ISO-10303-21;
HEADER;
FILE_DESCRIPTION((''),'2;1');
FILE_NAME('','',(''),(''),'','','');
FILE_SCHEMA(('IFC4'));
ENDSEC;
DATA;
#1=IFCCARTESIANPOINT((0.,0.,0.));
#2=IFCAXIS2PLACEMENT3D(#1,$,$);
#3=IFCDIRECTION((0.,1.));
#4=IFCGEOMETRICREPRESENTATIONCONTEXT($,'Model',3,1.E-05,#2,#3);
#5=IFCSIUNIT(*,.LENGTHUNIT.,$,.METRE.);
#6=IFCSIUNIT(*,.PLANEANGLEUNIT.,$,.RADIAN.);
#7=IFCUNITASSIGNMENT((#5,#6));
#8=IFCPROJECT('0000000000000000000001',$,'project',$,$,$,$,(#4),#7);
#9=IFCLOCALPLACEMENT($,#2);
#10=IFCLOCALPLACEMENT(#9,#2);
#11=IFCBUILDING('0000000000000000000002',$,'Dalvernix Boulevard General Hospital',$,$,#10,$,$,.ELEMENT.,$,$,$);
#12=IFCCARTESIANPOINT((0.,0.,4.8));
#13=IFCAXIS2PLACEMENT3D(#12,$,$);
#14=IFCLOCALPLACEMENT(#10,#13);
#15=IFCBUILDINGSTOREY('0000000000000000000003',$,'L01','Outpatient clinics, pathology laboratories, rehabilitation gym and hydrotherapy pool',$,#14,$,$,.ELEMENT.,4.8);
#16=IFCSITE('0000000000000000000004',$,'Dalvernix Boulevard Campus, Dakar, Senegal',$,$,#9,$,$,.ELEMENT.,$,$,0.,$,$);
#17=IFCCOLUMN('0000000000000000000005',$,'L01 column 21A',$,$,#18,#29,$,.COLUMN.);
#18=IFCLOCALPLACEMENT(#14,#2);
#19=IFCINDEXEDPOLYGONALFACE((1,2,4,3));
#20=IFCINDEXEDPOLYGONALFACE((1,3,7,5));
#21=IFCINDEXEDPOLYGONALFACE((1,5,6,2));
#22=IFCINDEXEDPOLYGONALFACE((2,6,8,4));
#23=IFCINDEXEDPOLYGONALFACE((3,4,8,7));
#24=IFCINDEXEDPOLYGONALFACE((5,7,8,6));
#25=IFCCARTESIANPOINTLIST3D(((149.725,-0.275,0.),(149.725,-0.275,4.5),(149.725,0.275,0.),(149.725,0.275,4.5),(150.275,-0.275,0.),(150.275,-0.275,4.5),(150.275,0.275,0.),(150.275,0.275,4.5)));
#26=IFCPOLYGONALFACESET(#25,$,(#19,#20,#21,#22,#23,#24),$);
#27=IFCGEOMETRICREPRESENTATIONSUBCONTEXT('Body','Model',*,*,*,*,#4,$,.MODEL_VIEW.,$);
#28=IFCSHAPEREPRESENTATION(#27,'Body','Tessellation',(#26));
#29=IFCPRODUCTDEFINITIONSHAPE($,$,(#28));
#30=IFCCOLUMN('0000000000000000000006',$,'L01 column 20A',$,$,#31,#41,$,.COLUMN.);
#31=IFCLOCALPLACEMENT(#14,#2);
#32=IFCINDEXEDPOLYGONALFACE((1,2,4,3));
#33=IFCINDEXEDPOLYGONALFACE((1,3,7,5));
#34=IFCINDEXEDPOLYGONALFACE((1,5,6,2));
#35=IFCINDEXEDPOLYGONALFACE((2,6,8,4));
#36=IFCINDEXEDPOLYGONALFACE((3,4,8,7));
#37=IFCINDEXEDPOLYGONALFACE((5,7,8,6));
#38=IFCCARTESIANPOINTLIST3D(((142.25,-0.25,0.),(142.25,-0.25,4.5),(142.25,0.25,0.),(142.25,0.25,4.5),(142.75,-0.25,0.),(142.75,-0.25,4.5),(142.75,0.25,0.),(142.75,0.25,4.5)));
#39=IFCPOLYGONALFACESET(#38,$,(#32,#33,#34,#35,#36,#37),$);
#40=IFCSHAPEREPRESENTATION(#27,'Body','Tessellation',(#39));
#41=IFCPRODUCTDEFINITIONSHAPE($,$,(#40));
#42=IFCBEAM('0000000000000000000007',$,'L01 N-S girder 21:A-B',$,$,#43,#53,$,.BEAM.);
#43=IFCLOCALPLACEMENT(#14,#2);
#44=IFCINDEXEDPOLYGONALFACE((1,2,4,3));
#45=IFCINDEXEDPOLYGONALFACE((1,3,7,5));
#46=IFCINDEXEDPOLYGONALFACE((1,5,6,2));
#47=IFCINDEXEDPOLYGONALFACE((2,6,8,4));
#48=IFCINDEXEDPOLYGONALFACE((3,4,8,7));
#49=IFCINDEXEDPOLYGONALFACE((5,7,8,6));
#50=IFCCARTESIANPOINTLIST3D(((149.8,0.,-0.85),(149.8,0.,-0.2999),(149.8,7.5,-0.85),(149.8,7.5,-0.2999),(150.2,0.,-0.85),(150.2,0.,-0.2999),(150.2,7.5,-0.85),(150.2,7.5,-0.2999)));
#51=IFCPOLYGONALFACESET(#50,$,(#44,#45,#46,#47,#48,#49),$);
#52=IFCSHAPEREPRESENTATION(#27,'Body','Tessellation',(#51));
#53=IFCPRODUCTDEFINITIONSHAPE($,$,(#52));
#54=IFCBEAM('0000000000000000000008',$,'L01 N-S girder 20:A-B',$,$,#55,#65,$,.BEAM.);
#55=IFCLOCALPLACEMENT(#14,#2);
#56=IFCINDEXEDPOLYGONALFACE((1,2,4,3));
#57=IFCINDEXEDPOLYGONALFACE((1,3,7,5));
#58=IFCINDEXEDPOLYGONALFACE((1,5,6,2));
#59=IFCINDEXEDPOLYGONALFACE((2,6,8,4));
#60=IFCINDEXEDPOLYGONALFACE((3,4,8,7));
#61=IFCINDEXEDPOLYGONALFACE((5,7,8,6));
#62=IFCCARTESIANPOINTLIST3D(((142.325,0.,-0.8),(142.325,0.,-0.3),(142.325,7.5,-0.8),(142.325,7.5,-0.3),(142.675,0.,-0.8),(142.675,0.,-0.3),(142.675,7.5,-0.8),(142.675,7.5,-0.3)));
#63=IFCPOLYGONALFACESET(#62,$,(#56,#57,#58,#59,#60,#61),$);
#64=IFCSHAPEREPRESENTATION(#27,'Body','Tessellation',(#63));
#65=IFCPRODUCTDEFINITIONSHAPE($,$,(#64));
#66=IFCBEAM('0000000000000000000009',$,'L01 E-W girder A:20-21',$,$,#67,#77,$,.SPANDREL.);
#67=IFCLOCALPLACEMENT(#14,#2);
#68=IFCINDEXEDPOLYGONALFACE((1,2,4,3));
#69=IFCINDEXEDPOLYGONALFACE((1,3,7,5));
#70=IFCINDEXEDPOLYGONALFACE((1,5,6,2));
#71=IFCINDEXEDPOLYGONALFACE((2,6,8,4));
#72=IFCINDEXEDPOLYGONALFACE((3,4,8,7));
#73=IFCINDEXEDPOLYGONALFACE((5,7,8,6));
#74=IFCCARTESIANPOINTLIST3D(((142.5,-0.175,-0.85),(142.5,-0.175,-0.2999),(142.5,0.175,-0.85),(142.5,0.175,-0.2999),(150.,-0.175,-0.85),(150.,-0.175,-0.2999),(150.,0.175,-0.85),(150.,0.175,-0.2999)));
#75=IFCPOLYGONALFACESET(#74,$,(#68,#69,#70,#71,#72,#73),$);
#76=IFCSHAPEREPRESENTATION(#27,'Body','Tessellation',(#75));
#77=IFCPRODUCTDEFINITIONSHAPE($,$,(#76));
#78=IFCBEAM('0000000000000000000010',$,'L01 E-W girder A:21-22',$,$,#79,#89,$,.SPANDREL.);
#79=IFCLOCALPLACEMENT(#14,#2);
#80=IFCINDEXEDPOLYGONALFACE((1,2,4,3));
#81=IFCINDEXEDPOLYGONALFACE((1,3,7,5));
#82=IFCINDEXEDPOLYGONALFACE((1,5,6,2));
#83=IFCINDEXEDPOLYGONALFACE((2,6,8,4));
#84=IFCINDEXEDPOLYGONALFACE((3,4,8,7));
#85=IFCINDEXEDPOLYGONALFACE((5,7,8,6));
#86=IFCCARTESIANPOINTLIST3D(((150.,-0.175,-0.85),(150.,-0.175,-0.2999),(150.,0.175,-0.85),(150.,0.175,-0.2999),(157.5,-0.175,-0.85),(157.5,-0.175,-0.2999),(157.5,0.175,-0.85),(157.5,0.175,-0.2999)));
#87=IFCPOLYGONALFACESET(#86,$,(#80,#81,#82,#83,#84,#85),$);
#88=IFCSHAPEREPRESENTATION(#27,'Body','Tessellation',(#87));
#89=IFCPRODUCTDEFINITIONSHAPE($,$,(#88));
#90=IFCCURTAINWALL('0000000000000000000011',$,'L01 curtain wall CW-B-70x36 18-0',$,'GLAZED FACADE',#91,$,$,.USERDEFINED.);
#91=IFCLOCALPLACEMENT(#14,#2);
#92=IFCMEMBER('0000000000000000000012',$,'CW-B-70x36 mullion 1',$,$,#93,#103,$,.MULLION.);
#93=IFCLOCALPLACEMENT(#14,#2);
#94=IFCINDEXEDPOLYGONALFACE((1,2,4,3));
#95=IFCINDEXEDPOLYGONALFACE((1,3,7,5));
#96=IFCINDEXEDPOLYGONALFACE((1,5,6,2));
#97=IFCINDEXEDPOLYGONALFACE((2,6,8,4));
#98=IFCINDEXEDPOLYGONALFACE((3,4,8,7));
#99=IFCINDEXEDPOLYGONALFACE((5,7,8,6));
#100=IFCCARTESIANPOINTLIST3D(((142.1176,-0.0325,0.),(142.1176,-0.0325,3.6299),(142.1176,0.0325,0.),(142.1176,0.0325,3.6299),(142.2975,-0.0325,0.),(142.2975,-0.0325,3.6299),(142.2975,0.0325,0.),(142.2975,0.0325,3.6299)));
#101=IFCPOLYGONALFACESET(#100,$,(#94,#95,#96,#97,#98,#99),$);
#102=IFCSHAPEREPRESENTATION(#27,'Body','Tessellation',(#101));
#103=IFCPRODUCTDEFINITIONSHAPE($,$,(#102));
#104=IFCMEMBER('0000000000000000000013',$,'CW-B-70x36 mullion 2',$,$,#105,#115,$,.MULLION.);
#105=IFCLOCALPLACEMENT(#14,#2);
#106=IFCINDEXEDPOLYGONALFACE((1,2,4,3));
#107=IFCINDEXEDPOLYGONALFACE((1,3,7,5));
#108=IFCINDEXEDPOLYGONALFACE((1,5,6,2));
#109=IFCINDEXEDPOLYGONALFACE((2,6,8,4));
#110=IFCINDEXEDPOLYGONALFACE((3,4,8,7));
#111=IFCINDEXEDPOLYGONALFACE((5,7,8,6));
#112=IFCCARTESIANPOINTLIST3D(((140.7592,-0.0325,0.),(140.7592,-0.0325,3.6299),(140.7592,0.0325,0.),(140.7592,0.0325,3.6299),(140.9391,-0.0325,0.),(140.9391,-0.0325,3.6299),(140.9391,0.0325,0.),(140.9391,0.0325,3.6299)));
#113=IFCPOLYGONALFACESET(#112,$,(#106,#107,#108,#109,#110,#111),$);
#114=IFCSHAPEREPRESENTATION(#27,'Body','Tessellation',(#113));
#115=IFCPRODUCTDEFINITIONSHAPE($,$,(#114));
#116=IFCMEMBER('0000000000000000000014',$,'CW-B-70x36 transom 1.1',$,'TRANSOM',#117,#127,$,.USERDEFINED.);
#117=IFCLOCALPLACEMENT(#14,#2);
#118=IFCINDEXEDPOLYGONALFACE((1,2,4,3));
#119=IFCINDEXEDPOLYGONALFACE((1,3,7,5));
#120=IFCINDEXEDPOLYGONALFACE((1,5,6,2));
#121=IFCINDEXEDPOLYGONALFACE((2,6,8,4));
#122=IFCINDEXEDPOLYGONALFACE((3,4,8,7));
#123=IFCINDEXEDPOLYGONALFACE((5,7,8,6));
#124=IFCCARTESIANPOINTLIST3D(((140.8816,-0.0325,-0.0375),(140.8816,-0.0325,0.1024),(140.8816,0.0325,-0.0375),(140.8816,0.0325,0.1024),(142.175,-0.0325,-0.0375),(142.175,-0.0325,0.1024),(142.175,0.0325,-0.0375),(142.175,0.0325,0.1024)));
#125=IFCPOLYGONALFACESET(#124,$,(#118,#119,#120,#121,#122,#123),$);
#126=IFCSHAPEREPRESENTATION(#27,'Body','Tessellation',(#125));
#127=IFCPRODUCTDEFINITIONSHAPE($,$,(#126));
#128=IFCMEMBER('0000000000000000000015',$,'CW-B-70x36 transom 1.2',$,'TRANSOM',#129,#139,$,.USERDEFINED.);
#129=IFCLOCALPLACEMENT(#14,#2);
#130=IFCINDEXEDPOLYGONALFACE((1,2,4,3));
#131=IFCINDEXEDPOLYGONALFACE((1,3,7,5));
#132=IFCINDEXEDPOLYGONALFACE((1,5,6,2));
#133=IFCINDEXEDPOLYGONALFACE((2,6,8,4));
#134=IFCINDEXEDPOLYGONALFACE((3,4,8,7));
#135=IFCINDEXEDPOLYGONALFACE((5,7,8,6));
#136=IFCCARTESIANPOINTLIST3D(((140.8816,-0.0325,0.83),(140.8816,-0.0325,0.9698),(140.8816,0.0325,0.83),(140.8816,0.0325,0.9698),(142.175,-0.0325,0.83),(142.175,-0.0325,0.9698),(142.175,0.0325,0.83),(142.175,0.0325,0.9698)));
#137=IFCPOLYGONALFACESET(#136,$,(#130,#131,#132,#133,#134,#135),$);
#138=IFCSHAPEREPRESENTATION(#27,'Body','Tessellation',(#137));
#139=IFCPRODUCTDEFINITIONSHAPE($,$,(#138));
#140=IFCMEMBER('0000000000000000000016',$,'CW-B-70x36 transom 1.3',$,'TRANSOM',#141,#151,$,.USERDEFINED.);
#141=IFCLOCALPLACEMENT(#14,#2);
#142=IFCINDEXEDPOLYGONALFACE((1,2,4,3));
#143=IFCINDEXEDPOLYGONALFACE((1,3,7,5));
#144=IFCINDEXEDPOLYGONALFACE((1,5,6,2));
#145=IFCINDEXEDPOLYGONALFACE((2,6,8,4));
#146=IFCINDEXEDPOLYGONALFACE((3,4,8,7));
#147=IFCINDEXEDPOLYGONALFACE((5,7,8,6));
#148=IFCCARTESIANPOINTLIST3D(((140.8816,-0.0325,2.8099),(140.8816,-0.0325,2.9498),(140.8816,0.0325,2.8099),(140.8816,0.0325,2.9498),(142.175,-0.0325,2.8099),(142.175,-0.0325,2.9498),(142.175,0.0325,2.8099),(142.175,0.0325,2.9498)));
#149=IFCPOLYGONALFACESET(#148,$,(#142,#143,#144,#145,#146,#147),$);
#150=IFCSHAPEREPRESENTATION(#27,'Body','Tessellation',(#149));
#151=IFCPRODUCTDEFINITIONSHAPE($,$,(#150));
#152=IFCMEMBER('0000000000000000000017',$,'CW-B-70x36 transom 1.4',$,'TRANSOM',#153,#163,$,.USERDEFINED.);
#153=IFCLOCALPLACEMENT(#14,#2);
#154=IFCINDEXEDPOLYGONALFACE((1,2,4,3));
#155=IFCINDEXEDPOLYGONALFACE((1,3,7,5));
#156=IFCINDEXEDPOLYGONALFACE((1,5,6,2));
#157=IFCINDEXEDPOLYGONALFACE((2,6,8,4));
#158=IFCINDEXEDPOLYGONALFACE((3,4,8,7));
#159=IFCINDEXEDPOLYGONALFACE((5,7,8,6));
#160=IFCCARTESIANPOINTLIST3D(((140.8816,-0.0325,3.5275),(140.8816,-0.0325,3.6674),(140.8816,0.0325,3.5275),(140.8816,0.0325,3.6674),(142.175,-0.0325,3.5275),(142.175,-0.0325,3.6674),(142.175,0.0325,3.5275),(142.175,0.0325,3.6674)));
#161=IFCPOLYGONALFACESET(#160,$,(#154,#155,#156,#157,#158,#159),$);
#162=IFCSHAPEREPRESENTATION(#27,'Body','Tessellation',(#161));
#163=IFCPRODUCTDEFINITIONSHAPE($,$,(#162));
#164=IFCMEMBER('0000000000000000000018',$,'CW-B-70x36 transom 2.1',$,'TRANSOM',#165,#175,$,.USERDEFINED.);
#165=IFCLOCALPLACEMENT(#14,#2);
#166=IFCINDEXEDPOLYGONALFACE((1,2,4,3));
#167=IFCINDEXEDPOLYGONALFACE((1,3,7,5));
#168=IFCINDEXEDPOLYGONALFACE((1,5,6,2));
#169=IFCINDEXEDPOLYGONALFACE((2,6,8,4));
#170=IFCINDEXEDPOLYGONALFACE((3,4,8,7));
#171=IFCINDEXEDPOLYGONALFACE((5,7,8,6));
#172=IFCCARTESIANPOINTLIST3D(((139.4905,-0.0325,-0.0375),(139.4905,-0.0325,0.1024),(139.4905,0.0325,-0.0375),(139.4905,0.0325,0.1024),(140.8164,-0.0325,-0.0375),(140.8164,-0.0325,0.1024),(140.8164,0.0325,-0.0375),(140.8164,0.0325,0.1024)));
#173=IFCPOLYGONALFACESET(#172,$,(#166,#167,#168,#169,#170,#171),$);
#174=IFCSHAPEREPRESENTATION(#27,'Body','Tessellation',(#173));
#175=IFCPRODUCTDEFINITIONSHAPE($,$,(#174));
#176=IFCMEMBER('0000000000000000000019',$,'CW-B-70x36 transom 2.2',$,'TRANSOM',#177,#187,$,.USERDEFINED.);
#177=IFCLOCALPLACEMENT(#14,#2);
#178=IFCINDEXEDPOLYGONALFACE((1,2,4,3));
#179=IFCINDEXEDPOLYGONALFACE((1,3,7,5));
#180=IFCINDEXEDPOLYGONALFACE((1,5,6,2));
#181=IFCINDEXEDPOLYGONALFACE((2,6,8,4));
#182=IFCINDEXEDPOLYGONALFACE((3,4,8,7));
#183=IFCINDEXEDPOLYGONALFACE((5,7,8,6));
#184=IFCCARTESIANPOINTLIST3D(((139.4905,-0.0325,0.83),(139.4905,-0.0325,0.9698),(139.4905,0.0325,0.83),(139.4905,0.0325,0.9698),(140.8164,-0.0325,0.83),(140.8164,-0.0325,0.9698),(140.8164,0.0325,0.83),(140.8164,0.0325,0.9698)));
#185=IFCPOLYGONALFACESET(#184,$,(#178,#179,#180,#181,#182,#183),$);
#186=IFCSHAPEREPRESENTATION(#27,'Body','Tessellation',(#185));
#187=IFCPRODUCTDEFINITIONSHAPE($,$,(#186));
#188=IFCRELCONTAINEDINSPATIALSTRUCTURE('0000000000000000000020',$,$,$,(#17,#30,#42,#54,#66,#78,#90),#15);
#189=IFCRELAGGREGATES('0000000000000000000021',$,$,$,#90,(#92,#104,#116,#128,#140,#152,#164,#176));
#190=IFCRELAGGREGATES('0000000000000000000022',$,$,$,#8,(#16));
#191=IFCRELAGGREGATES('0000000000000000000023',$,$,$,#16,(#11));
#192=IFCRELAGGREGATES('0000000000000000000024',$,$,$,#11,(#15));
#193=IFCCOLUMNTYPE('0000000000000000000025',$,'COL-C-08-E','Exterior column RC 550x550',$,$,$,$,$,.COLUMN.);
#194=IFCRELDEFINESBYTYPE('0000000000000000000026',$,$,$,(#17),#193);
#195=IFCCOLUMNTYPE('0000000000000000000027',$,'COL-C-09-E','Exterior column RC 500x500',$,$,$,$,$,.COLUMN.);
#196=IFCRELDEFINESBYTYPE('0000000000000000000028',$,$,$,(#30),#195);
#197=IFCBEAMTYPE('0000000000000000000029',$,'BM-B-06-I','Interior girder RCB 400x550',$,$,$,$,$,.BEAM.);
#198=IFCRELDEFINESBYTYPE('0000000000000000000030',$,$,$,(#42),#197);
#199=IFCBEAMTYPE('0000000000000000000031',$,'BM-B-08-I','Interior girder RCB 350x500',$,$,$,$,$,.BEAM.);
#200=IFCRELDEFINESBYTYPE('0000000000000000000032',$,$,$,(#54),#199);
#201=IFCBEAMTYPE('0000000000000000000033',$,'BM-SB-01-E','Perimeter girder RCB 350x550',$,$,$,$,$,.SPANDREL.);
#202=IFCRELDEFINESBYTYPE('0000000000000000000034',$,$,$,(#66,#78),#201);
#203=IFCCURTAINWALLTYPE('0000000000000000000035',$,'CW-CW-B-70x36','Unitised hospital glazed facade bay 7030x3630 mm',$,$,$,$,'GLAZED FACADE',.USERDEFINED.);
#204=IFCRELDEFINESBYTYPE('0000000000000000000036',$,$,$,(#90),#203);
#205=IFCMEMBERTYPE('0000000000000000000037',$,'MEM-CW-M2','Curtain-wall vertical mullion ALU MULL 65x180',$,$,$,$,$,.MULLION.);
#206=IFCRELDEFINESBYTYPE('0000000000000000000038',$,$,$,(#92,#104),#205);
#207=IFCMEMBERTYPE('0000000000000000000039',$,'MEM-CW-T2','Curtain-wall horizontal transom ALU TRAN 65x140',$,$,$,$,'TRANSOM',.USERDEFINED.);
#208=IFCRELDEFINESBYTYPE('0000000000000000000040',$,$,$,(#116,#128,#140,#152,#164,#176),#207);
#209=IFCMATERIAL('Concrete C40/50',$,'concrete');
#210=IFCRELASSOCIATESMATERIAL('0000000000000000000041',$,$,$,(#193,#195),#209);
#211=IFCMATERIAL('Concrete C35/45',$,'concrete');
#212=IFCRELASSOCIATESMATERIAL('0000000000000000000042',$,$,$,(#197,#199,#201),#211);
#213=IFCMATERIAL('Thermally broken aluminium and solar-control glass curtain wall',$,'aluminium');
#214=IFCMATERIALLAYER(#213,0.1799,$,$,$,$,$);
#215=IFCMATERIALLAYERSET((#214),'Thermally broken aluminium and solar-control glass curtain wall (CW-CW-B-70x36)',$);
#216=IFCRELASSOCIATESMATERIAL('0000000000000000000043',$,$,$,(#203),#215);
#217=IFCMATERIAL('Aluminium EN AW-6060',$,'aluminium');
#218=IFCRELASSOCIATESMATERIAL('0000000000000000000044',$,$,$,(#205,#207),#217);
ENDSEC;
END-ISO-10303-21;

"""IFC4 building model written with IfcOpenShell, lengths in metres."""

from ifc_helpers import new_model, si_unit, direction, frame, origin, origin_2d, place, context, subcontext, project, spatial, rectangle, extrude, material, layer, layer_set, material_profile, profile_set, type_object, element, aggregate, save


model = new_model("IFC4")

# Units and contexts
model_context = context("Model", 3, precision=1e-05, world=origin(), true_north=direction((0.0, 1.0)))
body_context = subcontext(model_context, "Body", "Model", "MODEL_VIEW")
ifc_project = project(units=[si_unit("LENGTHUNIT", "METRE"), si_unit("PLANEANGLEUNIT", "RADIAN")], contexts=[model_context])

# Site, building, storey
site_placement = place(None, origin())
site = spatial("IfcSite", under=ifc_project, at=site_placement, Name="Dalvernix Boulevard Campus, Dakar, Senegal", CompositionType="ELEMENT", RefElevation=0.0)
building_placement = place(site_placement, origin())
building = spatial("IfcBuilding", under=site, at=building_placement, Name="Dalvernix Boulevard General Hospital", CompositionType="ELEMENT")
storey_placement = place(building_placement, frame((0.0, 0.0, 4.8)))
storey = spatial("IfcBuildingStorey", under=building, at=storey_placement, Name="L01", Description="Outpatient clinics, pathology laboratories, rehabilitation gym and hydrotherapy pool", CompositionType="ELEMENT", Elevation=4.8)

# Columns
ifc_material_1 = material(Name="Concrete C40/50", Category="concrete")
ifc_material_profile_1 = material_profile(ifc_material_1, rectangle(XDim=0.55, YDim=0.55, at=origin_2d()), Name="RC 550x550")
ifc_profile_set_1 = profile_set([ifc_material_profile_1], Name="Concrete C40/50")
column_type_1 = type_object("IfcColumnType", Name="COL-C-08-E", Description="Exterior column RC 550x550", PredefinedType="COLUMN", material=ifc_profile_set_1)
column_1_placement = place(storey_placement, frame((150.0, 0.0, 0.0), z_axis=(0.0, 0.0, 1.0), x_axis=(1.0, 0.0, 0.0)))
element("IfcColumn", 1, at=column_1_placement, inside=storey, type_object=column_type_1, Name="L01 column 21A", PredefinedType="COLUMN", context=body_context, shape_type="SweptSolid", body=[
    extrude(rectangle(XDim=0.55, YDim=0.55, at=origin_2d()), origin(), (0.0, 0.0, 1.0), 4.5),
])
ifc_material_profile_2 = material_profile(ifc_material_1, rectangle(XDim=0.5, YDim=0.5, at=origin_2d()), Name="RC 500x500")
ifc_profile_set_2 = profile_set([ifc_material_profile_2], Name="Concrete C40/50")
column_type_2 = type_object("IfcColumnType", Name="COL-C-09-E", Description="Exterior column RC 500x500", PredefinedType="COLUMN", material=ifc_profile_set_2)
column_2_placement = place(storey_placement, frame((142.5, 0.0, 0.0), z_axis=(0.0, 0.0, 1.0), x_axis=(1.0, 0.0, 0.0)))
element("IfcColumn", 2, at=column_2_placement, inside=storey, type_object=column_type_2, Name="L01 column 20A", PredefinedType="COLUMN", context=body_context, shape_type="SweptSolid", body=[
    extrude(rectangle(XDim=0.5, YDim=0.5, at=origin_2d()), origin(), (0.0, 0.0, 1.0), 4.5),
])

# Beams
ifc_material_2 = material(Name="Concrete C35/45", Category="concrete")
ifc_material_profile_3 = material_profile(ifc_material_2, rectangle(XDim=0.3999, YDim=0.55, at=origin_2d()), Name="RCB 400x550")
ifc_profile_set_3 = profile_set([ifc_material_profile_3], Name="Concrete C35/45")
beam_type_1 = type_object("IfcBeamType", Name="BM-B-06-I", Description="Interior girder RCB 400x550", PredefinedType="BEAM", material=ifc_profile_set_3)
beam_1_placement = place(storey_placement, frame((150.0, 0.0, -0.575), z_axis=(0.0, 1.0, 0.0), x_axis=(-1.0, 0.0, 0.0)))
element("IfcBeam", 3, at=beam_1_placement, inside=storey, type_object=beam_type_1, Name="L01 N-S girder 21:A-B", PredefinedType="BEAM", context=body_context, shape_type="SweptSolid", body=[
    extrude(rectangle(XDim=0.3999, YDim=0.55, at=origin_2d()), origin(), (0.0, 0.0, 1.0), 7.5),
])
ifc_material_profile_4 = material_profile(ifc_material_2, rectangle(XDim=0.3501, YDim=0.5, at=origin_2d()), Name="RCB 350x500")
ifc_profile_set_4 = profile_set([ifc_material_profile_4], Name="Concrete C35/45")
beam_type_2 = type_object("IfcBeamType", Name="BM-B-08-I", Description="Interior girder RCB 350x500", PredefinedType="BEAM", material=ifc_profile_set_4)
beam_2_placement = place(storey_placement, frame((142.5, 0.0, -0.55), z_axis=(0.0, 1.0, 0.0), x_axis=(-1.0, 0.0, 0.0)))
element("IfcBeam", 4, at=beam_2_placement, inside=storey, type_object=beam_type_2, Name="L01 N-S girder 20:A-B", PredefinedType="BEAM", context=body_context, shape_type="SweptSolid", body=[
    extrude(rectangle(XDim=0.3501, YDim=0.5, at=origin_2d()), origin(), (0.0, 0.0, 1.0), 7.5),
])
ifc_material_profile_5 = material_profile(ifc_material_2, rectangle(XDim=0.3501, YDim=0.55, at=origin_2d()), Name="RCB 350x550")
ifc_profile_set_5 = profile_set([ifc_material_profile_5], Name="Concrete C35/45")
beam_type_3 = type_object("IfcBeamType", Name="BM-SB-01-E", Description="Perimeter girder RCB 350x550", PredefinedType="SPANDREL", material=ifc_profile_set_5)
for number, where, z_axis, x_axis, name in (
    (5, (142.5, 0.0, -0.575), (1.0, 0.0, 0.0), (0.0, 1.0, 0.0), "L01 E-W girder A:20-21"),
    (6, (150.0, 0.0, -0.575), (1.0, 0.0, 0.0), (0.0, 1.0, 0.0), "L01 E-W girder A:21-22"),
):
    element("IfcBeam", number, at=place(storey_placement, frame(where, z_axis=z_axis, x_axis=x_axis)), inside=storey, type_object=beam_type_3, Name=name, PredefinedType="SPANDREL", context=body_context, shape_type="SweptSolid", body=[
        extrude(rectangle(XDim=0.3501, YDim=0.55, at=origin_2d()), origin(), (0.0, 0.0, 1.0), 7.5),
    ])

# Curtain wall, members
ifc_material_3 = material(Name="Thermally broken aluminium and solar-control glass curtain wall", Category="aluminium")
ifc_layer_1 = layer(ifc_material_3, 0.1799)
ifc_layer_set_1 = layer_set([ifc_layer_1], Name="Thermally broken aluminium and solar-control glass curtain wall (CW-CW-B-70x36)")
curtain_wall_type = type_object("IfcCurtainWallType", Name="CW-CW-B-70x36", Description="Unitised hospital glazed facade bay 7030x3630 mm", ElementType="GLAZED FACADE", PredefinedType="USERDEFINED", material=ifc_layer_set_1)
curtain_wall_placement = place(storey_placement, origin())
curtain_wall = element("IfcCurtainWall", 7, at=curtain_wall_placement, inside=storey, type_object=curtain_wall_type, Name="L01 curtain wall CW-B-70x36 18-0", ObjectType="GLAZED FACADE", PredefinedType="USERDEFINED")
ifc_material_4 = material(Name="Aluminium EN AW-6060", Category="aluminium")
ifc_material_profile_6 = material_profile(ifc_material_4, rectangle(XDim=0.0649, YDim=0.1799, at=origin_2d()), Name="ALU MULL 65x180")
ifc_profile_set_6 = profile_set([ifc_material_profile_6], Name="Aluminium EN AW-6060")
member_type_1 = type_object("IfcMemberType", Name="MEM-CW-M2", Description="Curtain-wall vertical mullion ALU MULL 65x180", PredefinedType="MULLION", material=ifc_profile_set_6)
member_1_placement = place(storey_placement, frame((142.2075, 0.0, 0.0), z_axis=(0.0, 0.0, 1.0), x_axis=(0.0, -1.0, 0.0)))
member_1 = element("IfcMember", 8, at=member_1_placement, type_object=member_type_1, Name="CW-B-70x36 mullion 1", PredefinedType="MULLION", context=body_context, shape_type="SweptSolid", body=[
    extrude(rectangle(XDim=0.0649, YDim=0.1799, at=origin_2d()), origin(), (0.0, 0.0, 1.0), 3.6299),
])
member_2_placement = place(storey_placement, frame((140.8491, 0.0, 0.0), z_axis=(0.0, 0.0, 1.0), x_axis=(0.0, -1.0, 0.0)))
member_2 = element("IfcMember", 9, at=member_2_placement, type_object=member_type_1, Name="CW-B-70x36 mullion 2", PredefinedType="MULLION", context=body_context, shape_type="SweptSolid", body=[
    extrude(rectangle(XDim=0.0649, YDim=0.1799, at=origin_2d()), origin(), (0.0, 0.0, 1.0), 3.6299),
])
ifc_material_profile_7 = material_profile(ifc_material_4, rectangle(XDim=0.0649, YDim=0.1399, at=origin_2d()), Name="ALU TRAN 65x140")
ifc_profile_set_7 = profile_set([ifc_material_profile_7], Name="Aluminium EN AW-6060")
member_type_2 = type_object("IfcMemberType", Name="MEM-CW-T2", Description="Curtain-wall horizontal transom ALU TRAN 65x140", ElementType="TRANSOM", PredefinedType="USERDEFINED", material=ifc_profile_set_7)
member_3_placement = place(storey_placement, frame((142.175, 0.0, 0.0325), z_axis=(-1.0, 0.0, 0.0), x_axis=(0.0, -1.0, 0.0)))
member_3 = element("IfcMember", 10, at=member_3_placement, type_object=member_type_2, Name="CW-B-70x36 transom 1.1", ObjectType="TRANSOM", PredefinedType="USERDEFINED", context=body_context, shape_type="SweptSolid", body=[
    extrude(rectangle(XDim=0.0649, YDim=0.1399, at=origin_2d()), origin(), (0.0, 0.0, 1.0), 1.2935),
])
member_4_placement = place(storey_placement, frame((142.175, 0.0, 0.8999), z_axis=(-1.0, 0.0, 0.0), x_axis=(0.0, -1.0, 0.0)))
member_4 = element("IfcMember", 11, at=member_4_placement, type_object=member_type_2, Name="CW-B-70x36 transom 1.2", ObjectType="TRANSOM", PredefinedType="USERDEFINED", context=body_context, shape_type="SweptSolid", body=[
    extrude(rectangle(XDim=0.0649, YDim=0.1399, at=origin_2d()), origin(), (0.0, 0.0, 1.0), 1.2935),
])
member_5_placement = place(storey_placement, frame((142.175, 0.0, 2.8799), z_axis=(-1.0, 0.0, 0.0), x_axis=(0.0, -1.0, 0.0)))
member_5 = element("IfcMember", 12, at=member_5_placement, type_object=member_type_2, Name="CW-B-70x36 transom 1.3", ObjectType="TRANSOM", PredefinedType="USERDEFINED", context=body_context, shape_type="SweptSolid", body=[
    extrude(rectangle(XDim=0.0649, YDim=0.1399, at=origin_2d()), origin(), (0.0, 0.0, 1.0), 1.2935),
])
member_6_placement = place(storey_placement, frame((142.175, 0.0, 3.5974), z_axis=(-1.0, 0.0, 0.0), x_axis=(0.0, -1.0, 0.0)))
member_6 = element("IfcMember", 13, at=member_6_placement, type_object=member_type_2, Name="CW-B-70x36 transom 1.4", ObjectType="TRANSOM", PredefinedType="USERDEFINED", context=body_context, shape_type="SweptSolid", body=[
    extrude(rectangle(XDim=0.0649, YDim=0.1399, at=origin_2d()), origin(), (0.0, 0.0, 1.0), 1.2935),
])
member_7_placement = place(storey_placement, frame((140.8164, 0.0, 0.0325), z_axis=(-1.0, 0.0, 0.0), x_axis=(0.0, -1.0, 0.0)))
member_7 = element("IfcMember", 14, at=member_7_placement, type_object=member_type_2, Name="CW-B-70x36 transom 2.1", ObjectType="TRANSOM", PredefinedType="USERDEFINED", context=body_context, shape_type="SweptSolid", body=[
    extrude(rectangle(XDim=0.0649, YDim=0.1399, at=origin_2d()), origin(), (0.0, 0.0, 1.0), 1.3259),
])
member_8_placement = place(storey_placement, frame((140.8164, 0.0, 0.8999), z_axis=(-1.0, 0.0, 0.0), x_axis=(0.0, -1.0, 0.0)))
member_8 = element("IfcMember", 15, at=member_8_placement, type_object=member_type_2, Name="CW-B-70x36 transom 2.2", ObjectType="TRANSOM", PredefinedType="USERDEFINED", context=body_context, shape_type="SweptSolid", body=[
    extrude(rectangle(XDim=0.0649, YDim=0.1399, at=origin_2d()), origin(), (0.0, 0.0, 1.0), 1.3259),
])
aggregate(curtain_wall, [member_1, member_2, member_3, member_4, member_5, member_6, member_7, member_8])

save(model, "model.ifc")
